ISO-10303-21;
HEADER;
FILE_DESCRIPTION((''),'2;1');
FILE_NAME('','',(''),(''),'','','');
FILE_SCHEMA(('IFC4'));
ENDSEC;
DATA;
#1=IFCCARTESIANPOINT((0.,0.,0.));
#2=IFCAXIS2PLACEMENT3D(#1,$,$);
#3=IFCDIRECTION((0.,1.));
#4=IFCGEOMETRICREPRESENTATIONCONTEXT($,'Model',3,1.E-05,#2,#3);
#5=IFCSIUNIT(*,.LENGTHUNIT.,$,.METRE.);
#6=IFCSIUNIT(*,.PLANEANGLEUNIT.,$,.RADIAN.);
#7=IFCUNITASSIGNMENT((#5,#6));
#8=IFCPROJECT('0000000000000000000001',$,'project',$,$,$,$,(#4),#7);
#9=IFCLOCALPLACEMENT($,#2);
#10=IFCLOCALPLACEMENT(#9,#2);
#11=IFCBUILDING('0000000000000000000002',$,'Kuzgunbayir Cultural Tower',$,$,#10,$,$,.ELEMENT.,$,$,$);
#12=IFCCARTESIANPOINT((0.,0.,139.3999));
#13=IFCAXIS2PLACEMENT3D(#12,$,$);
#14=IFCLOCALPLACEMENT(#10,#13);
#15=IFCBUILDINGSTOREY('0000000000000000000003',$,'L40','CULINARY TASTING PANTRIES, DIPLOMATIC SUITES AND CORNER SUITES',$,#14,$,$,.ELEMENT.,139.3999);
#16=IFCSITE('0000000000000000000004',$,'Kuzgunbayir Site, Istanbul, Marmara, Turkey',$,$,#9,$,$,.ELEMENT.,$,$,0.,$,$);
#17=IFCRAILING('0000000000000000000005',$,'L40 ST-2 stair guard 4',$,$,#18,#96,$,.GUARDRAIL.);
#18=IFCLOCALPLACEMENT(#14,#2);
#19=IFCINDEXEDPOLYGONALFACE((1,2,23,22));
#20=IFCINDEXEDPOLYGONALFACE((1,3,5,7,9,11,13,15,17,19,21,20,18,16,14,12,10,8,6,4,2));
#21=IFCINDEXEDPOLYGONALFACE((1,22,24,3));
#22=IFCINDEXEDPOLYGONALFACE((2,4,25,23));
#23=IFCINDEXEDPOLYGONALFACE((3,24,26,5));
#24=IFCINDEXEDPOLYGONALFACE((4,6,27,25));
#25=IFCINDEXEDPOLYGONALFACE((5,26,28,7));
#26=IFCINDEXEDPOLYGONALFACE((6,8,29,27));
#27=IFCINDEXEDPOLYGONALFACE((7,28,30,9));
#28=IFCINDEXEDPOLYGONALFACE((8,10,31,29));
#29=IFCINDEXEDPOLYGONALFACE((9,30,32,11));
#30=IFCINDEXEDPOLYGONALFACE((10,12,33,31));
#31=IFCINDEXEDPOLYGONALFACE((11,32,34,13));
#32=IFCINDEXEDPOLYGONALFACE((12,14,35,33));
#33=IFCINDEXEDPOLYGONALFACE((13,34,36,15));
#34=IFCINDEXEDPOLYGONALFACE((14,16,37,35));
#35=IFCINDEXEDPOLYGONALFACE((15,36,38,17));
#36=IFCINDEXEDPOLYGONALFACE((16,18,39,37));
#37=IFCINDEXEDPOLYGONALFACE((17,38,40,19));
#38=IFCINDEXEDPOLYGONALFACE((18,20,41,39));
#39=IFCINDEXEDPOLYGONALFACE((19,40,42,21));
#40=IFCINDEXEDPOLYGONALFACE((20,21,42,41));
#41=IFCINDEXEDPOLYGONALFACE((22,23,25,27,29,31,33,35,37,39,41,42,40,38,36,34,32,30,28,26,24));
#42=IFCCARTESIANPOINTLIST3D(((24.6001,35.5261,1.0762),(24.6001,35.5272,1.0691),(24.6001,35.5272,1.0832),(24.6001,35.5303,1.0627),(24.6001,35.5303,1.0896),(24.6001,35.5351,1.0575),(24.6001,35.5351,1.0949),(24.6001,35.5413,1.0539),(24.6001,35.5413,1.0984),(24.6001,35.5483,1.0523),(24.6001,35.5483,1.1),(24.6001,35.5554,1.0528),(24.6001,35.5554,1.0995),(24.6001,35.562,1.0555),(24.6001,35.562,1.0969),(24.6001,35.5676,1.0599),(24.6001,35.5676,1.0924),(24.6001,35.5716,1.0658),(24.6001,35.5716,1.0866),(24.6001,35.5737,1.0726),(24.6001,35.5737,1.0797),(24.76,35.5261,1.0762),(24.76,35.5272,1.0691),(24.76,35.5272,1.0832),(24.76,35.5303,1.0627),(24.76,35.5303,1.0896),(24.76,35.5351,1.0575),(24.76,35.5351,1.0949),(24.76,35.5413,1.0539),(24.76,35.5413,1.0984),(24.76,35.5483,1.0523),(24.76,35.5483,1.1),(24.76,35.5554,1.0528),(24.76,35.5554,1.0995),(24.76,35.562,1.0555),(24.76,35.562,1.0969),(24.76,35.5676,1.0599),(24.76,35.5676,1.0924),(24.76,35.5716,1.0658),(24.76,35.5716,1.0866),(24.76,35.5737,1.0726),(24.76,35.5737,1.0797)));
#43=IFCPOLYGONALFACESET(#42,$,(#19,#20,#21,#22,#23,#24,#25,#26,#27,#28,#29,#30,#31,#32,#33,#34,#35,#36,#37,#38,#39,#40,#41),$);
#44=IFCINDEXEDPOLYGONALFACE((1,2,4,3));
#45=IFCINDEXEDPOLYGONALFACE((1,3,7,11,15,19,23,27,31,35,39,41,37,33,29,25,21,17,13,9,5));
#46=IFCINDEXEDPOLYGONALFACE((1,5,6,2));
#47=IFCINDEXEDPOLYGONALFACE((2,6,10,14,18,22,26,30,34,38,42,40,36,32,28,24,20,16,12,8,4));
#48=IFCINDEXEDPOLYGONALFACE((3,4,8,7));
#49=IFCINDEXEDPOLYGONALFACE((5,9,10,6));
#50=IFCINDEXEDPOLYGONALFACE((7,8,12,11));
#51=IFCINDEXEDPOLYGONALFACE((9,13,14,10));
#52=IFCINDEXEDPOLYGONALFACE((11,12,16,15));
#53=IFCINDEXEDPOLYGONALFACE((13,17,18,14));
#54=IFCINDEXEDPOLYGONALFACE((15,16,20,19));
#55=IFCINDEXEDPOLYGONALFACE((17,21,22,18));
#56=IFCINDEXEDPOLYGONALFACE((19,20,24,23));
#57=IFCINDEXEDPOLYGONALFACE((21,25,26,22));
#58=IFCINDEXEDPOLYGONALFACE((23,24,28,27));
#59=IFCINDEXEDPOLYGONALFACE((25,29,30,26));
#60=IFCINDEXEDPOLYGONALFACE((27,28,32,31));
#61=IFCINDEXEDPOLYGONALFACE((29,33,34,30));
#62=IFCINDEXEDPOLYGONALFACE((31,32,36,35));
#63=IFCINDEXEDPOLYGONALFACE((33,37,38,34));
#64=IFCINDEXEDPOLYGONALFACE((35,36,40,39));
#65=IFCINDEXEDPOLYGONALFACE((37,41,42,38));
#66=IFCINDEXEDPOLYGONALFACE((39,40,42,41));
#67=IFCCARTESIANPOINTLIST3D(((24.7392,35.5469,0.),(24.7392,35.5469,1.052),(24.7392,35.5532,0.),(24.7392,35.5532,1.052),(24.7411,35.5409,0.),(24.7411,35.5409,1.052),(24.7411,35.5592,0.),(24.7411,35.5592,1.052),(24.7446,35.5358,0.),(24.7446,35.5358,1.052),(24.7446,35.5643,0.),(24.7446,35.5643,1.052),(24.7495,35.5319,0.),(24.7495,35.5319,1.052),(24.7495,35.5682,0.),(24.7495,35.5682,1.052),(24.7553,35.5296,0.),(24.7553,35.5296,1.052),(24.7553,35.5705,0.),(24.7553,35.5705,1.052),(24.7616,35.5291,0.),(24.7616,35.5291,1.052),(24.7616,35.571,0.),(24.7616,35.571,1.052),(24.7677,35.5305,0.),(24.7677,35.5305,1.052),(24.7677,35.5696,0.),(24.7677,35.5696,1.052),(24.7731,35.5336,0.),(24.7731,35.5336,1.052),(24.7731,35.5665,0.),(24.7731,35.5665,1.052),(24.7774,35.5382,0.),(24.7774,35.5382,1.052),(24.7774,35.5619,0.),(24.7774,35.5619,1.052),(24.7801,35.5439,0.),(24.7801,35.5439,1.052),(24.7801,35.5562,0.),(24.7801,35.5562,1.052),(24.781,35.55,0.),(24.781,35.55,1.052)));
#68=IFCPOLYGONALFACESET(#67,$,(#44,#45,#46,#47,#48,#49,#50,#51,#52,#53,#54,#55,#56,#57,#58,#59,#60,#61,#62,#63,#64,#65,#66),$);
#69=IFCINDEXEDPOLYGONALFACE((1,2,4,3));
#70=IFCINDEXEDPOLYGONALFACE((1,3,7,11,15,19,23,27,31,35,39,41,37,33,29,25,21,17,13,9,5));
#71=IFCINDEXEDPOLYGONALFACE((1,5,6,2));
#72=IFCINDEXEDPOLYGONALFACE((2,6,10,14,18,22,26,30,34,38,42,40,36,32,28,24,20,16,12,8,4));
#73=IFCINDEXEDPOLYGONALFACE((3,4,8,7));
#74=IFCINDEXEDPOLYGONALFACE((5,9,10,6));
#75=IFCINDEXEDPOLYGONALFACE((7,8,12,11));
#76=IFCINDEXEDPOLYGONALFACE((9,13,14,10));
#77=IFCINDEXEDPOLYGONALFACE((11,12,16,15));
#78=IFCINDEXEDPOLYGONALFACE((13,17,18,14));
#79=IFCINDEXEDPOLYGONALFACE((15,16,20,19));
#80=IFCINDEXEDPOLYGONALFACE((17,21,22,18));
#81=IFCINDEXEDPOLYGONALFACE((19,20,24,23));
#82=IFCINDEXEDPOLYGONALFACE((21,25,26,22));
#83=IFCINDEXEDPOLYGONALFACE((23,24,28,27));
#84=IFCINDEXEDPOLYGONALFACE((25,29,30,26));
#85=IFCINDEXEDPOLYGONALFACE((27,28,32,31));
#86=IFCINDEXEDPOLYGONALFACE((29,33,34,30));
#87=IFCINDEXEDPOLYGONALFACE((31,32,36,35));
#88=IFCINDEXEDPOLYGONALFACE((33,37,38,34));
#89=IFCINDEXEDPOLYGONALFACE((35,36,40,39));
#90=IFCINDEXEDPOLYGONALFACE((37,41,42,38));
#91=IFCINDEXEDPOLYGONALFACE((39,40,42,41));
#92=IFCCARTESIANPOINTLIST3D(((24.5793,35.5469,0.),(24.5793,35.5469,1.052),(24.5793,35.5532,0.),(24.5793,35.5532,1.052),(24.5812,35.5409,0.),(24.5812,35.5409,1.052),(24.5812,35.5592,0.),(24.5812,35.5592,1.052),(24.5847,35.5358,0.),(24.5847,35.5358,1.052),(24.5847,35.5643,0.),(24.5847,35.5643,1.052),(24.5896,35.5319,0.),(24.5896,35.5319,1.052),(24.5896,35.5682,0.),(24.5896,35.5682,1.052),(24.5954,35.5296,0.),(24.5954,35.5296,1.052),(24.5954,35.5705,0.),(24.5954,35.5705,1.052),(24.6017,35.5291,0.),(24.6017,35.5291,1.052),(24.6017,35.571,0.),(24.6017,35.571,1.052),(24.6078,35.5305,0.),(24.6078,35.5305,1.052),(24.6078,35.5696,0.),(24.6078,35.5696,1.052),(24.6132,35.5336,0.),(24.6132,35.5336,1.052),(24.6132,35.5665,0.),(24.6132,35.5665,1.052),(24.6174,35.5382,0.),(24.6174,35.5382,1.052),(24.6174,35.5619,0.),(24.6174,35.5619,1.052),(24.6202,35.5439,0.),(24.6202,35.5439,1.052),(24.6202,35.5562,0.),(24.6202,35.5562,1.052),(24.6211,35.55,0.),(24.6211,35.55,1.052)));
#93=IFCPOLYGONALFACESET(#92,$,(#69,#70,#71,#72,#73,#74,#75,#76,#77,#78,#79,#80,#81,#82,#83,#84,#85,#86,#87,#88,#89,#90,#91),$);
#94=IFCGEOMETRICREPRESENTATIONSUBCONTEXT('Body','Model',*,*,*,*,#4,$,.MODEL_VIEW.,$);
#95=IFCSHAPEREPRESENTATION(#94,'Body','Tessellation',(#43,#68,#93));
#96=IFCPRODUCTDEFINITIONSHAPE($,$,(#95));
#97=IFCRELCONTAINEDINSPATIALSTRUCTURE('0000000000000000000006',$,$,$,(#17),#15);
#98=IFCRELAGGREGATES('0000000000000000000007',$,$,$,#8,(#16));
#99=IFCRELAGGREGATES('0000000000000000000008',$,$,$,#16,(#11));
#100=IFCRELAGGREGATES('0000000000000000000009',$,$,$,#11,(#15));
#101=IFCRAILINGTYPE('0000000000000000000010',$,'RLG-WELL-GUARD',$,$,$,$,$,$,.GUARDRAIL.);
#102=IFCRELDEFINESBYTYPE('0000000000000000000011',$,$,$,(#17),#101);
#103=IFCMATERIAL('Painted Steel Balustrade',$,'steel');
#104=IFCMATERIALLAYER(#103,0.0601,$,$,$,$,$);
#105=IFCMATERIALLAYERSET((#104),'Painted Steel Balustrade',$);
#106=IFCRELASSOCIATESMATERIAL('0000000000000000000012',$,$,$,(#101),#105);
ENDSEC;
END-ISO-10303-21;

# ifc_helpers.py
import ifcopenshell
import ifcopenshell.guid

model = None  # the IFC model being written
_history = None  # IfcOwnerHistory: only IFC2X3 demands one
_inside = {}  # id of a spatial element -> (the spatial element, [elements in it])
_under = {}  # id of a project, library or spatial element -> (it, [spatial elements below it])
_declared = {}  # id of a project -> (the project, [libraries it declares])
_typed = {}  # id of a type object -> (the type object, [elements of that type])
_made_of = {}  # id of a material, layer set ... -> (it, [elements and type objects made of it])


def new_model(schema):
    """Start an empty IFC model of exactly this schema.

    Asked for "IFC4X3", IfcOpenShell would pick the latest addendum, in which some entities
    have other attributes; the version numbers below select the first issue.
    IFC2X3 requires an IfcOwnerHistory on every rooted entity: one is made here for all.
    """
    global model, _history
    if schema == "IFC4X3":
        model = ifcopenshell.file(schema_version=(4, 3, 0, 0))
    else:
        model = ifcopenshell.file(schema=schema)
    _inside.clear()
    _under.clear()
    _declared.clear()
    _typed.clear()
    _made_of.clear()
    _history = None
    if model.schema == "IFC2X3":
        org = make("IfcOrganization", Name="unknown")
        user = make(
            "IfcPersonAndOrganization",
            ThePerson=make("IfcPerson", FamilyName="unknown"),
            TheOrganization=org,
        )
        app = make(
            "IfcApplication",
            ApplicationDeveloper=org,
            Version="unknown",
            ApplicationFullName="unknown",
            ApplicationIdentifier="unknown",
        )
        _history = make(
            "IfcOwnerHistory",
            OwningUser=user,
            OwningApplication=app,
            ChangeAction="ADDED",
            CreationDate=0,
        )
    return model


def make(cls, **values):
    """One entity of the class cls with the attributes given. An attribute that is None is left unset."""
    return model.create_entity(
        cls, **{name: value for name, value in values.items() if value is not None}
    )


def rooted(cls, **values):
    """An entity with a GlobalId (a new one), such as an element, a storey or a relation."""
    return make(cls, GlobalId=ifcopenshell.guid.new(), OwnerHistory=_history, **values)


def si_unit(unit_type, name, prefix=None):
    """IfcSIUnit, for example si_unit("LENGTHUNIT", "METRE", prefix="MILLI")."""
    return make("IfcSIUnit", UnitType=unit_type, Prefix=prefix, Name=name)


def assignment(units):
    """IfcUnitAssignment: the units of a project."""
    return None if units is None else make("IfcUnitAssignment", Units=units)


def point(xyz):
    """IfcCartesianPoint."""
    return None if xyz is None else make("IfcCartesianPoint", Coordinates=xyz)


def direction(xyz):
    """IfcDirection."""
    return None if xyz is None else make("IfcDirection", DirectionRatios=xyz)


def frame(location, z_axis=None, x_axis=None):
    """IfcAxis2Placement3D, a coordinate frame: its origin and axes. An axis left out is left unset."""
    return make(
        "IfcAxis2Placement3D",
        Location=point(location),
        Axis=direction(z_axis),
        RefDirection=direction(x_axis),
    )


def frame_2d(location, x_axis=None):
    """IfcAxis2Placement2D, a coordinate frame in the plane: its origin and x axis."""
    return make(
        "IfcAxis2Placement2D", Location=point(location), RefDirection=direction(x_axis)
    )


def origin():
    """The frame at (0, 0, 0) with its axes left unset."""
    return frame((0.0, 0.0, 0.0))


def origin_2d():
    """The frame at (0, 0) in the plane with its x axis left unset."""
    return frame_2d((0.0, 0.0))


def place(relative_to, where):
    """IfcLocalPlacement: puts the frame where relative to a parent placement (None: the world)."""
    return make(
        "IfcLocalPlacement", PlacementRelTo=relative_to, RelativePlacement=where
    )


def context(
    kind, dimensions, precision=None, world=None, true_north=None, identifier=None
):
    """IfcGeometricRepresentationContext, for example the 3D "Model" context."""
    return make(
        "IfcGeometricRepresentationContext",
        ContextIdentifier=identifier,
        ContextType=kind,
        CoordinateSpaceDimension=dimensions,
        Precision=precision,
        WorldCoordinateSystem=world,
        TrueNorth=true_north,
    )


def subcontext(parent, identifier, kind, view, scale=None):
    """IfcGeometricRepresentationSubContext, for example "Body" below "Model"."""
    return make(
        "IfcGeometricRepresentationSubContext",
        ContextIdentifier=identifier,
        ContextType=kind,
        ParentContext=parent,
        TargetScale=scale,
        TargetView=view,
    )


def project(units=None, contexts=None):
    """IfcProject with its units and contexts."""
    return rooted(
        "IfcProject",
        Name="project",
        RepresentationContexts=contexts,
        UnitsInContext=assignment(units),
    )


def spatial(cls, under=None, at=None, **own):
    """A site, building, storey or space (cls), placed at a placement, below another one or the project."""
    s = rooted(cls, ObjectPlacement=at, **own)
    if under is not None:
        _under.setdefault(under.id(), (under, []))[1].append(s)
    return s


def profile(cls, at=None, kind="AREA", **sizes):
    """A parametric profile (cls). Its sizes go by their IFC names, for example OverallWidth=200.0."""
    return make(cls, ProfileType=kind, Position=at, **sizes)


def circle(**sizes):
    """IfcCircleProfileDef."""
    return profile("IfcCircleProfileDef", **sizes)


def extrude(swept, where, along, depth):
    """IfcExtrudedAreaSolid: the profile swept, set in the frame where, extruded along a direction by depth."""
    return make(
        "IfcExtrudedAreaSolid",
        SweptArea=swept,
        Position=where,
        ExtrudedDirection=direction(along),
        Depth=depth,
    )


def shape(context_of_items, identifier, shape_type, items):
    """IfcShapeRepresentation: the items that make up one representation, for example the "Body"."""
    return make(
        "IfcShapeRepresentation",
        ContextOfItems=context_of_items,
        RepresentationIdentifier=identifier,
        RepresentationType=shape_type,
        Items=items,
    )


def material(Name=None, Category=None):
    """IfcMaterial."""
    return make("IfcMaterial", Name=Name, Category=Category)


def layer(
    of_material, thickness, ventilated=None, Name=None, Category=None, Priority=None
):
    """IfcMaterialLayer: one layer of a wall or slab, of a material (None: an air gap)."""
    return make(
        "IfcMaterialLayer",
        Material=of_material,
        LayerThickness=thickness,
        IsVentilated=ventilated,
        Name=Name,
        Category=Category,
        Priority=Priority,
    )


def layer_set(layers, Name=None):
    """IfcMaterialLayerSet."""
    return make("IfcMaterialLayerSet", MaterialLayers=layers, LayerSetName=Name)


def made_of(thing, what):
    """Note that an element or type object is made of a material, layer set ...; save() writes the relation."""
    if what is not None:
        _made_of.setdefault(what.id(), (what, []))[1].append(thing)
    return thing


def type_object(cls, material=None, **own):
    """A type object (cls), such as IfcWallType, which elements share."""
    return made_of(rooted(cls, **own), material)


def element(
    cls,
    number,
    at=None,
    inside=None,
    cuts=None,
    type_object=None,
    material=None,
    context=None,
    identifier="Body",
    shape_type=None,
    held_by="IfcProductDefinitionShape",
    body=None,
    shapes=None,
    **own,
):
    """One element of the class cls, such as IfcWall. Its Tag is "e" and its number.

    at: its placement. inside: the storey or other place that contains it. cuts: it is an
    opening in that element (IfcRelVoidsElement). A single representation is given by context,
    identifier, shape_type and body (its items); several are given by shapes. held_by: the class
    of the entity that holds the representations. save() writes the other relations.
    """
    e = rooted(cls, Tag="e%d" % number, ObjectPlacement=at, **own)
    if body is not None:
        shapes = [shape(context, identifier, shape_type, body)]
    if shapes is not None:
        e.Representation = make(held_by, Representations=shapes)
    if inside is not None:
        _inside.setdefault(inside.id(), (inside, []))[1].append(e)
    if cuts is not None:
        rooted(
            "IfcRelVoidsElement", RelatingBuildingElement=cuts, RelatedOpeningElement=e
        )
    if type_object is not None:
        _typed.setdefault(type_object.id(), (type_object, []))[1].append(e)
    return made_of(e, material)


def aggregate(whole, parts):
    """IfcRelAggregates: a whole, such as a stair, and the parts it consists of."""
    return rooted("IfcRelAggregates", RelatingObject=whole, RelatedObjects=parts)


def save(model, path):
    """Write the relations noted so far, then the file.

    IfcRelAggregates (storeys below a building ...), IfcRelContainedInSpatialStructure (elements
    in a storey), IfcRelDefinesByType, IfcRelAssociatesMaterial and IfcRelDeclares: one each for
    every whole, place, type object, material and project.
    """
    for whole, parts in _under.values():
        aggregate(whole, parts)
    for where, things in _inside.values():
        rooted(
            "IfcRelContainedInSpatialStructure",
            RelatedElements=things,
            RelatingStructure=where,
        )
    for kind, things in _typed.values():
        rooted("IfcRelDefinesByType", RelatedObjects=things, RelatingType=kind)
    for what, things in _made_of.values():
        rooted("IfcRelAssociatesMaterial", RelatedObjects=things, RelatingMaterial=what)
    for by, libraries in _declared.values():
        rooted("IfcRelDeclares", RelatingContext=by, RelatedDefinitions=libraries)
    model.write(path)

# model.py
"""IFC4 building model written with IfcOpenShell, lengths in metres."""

from ifc_helpers import new_model, si_unit, direction, frame, origin, origin_2d, place, context, subcontext, project, spatial, circle, extrude, material, layer, layer_set, type_object, element, save


model = new_model("IFC4")

# Units and contexts
model_context = context("Model", 3, precision=1e-05, world=origin(), true_north=direction((0.0, 1.0)))
body_context = subcontext(model_context, "Body", "Model", "MODEL_VIEW")
ifc_project = project(units=[si_unit("LENGTHUNIT", "METRE"), si_unit("PLANEANGLEUNIT", "RADIAN")], contexts=[model_context])

# Site, building, storey
site_placement = place(None, origin())
site = spatial("IfcSite", under=ifc_project, at=site_placement, Name="Kuzgunbayir Site, Istanbul, Marmara, Turkey", CompositionType="ELEMENT", RefElevation=0.0)
building_placement = place(site_placement, origin())
building = spatial("IfcBuilding", under=site, at=building_placement, Name="Kuzgunbayir Cultural Tower", CompositionType="ELEMENT")
storey_placement = place(building_placement, frame((0.0, 0.0, 139.3999)))
storey = spatial("IfcBuildingStorey", under=building, at=storey_placement, Name="L40", Description="CULINARY TASTING PANTRIES, DIPLOMATIC SUITES AND CORNER SUITES", CompositionType="ELEMENT", Elevation=139.3999)

# Railing
ifc_material_1 = material(Name="Painted Steel Balustrade", Category="steel")
ifc_layer_1 = layer(ifc_material_1, 0.0601)
ifc_layer_set_1 = layer_set([ifc_layer_1], Name="Painted Steel Balustrade")
railing_type_1 = type_object("IfcRailingType", Name="RLG-WELL-GUARD", PredefinedType="GUARDRAIL", material=ifc_layer_set_1)
railing_1_placement = place(storey_placement, frame((24.76, 35.55, 0.0)))
element("IfcRailing", 1, at=railing_1_placement, inside=storey, type_object=railing_type_1, Name="L40 ST-2 stair guard 4", PredefinedType="GUARDRAIL", context=body_context, shape_type="SweptSolid", body=[
    extrude(circle(Radius=0.0239, at=origin_2d()), frame((0.0, 0.0, 1.0762), z_axis=(-1.0, 0.0, 0.0), x_axis=(0.0, -1.0, 0.0)), (0.0, 0.0, 1.0), 0.1599),
    extrude(circle(Radius=0.021, at=origin_2d()), origin(), (0.0, 0.0, 1.0), 1.052),
    extrude(circle(Radius=0.021, at=origin_2d()), frame((-0.1599, 0.0, 0.0)), (0.0, 0.0, 1.0), 1.052),
])

save(model, "model.ifc")
